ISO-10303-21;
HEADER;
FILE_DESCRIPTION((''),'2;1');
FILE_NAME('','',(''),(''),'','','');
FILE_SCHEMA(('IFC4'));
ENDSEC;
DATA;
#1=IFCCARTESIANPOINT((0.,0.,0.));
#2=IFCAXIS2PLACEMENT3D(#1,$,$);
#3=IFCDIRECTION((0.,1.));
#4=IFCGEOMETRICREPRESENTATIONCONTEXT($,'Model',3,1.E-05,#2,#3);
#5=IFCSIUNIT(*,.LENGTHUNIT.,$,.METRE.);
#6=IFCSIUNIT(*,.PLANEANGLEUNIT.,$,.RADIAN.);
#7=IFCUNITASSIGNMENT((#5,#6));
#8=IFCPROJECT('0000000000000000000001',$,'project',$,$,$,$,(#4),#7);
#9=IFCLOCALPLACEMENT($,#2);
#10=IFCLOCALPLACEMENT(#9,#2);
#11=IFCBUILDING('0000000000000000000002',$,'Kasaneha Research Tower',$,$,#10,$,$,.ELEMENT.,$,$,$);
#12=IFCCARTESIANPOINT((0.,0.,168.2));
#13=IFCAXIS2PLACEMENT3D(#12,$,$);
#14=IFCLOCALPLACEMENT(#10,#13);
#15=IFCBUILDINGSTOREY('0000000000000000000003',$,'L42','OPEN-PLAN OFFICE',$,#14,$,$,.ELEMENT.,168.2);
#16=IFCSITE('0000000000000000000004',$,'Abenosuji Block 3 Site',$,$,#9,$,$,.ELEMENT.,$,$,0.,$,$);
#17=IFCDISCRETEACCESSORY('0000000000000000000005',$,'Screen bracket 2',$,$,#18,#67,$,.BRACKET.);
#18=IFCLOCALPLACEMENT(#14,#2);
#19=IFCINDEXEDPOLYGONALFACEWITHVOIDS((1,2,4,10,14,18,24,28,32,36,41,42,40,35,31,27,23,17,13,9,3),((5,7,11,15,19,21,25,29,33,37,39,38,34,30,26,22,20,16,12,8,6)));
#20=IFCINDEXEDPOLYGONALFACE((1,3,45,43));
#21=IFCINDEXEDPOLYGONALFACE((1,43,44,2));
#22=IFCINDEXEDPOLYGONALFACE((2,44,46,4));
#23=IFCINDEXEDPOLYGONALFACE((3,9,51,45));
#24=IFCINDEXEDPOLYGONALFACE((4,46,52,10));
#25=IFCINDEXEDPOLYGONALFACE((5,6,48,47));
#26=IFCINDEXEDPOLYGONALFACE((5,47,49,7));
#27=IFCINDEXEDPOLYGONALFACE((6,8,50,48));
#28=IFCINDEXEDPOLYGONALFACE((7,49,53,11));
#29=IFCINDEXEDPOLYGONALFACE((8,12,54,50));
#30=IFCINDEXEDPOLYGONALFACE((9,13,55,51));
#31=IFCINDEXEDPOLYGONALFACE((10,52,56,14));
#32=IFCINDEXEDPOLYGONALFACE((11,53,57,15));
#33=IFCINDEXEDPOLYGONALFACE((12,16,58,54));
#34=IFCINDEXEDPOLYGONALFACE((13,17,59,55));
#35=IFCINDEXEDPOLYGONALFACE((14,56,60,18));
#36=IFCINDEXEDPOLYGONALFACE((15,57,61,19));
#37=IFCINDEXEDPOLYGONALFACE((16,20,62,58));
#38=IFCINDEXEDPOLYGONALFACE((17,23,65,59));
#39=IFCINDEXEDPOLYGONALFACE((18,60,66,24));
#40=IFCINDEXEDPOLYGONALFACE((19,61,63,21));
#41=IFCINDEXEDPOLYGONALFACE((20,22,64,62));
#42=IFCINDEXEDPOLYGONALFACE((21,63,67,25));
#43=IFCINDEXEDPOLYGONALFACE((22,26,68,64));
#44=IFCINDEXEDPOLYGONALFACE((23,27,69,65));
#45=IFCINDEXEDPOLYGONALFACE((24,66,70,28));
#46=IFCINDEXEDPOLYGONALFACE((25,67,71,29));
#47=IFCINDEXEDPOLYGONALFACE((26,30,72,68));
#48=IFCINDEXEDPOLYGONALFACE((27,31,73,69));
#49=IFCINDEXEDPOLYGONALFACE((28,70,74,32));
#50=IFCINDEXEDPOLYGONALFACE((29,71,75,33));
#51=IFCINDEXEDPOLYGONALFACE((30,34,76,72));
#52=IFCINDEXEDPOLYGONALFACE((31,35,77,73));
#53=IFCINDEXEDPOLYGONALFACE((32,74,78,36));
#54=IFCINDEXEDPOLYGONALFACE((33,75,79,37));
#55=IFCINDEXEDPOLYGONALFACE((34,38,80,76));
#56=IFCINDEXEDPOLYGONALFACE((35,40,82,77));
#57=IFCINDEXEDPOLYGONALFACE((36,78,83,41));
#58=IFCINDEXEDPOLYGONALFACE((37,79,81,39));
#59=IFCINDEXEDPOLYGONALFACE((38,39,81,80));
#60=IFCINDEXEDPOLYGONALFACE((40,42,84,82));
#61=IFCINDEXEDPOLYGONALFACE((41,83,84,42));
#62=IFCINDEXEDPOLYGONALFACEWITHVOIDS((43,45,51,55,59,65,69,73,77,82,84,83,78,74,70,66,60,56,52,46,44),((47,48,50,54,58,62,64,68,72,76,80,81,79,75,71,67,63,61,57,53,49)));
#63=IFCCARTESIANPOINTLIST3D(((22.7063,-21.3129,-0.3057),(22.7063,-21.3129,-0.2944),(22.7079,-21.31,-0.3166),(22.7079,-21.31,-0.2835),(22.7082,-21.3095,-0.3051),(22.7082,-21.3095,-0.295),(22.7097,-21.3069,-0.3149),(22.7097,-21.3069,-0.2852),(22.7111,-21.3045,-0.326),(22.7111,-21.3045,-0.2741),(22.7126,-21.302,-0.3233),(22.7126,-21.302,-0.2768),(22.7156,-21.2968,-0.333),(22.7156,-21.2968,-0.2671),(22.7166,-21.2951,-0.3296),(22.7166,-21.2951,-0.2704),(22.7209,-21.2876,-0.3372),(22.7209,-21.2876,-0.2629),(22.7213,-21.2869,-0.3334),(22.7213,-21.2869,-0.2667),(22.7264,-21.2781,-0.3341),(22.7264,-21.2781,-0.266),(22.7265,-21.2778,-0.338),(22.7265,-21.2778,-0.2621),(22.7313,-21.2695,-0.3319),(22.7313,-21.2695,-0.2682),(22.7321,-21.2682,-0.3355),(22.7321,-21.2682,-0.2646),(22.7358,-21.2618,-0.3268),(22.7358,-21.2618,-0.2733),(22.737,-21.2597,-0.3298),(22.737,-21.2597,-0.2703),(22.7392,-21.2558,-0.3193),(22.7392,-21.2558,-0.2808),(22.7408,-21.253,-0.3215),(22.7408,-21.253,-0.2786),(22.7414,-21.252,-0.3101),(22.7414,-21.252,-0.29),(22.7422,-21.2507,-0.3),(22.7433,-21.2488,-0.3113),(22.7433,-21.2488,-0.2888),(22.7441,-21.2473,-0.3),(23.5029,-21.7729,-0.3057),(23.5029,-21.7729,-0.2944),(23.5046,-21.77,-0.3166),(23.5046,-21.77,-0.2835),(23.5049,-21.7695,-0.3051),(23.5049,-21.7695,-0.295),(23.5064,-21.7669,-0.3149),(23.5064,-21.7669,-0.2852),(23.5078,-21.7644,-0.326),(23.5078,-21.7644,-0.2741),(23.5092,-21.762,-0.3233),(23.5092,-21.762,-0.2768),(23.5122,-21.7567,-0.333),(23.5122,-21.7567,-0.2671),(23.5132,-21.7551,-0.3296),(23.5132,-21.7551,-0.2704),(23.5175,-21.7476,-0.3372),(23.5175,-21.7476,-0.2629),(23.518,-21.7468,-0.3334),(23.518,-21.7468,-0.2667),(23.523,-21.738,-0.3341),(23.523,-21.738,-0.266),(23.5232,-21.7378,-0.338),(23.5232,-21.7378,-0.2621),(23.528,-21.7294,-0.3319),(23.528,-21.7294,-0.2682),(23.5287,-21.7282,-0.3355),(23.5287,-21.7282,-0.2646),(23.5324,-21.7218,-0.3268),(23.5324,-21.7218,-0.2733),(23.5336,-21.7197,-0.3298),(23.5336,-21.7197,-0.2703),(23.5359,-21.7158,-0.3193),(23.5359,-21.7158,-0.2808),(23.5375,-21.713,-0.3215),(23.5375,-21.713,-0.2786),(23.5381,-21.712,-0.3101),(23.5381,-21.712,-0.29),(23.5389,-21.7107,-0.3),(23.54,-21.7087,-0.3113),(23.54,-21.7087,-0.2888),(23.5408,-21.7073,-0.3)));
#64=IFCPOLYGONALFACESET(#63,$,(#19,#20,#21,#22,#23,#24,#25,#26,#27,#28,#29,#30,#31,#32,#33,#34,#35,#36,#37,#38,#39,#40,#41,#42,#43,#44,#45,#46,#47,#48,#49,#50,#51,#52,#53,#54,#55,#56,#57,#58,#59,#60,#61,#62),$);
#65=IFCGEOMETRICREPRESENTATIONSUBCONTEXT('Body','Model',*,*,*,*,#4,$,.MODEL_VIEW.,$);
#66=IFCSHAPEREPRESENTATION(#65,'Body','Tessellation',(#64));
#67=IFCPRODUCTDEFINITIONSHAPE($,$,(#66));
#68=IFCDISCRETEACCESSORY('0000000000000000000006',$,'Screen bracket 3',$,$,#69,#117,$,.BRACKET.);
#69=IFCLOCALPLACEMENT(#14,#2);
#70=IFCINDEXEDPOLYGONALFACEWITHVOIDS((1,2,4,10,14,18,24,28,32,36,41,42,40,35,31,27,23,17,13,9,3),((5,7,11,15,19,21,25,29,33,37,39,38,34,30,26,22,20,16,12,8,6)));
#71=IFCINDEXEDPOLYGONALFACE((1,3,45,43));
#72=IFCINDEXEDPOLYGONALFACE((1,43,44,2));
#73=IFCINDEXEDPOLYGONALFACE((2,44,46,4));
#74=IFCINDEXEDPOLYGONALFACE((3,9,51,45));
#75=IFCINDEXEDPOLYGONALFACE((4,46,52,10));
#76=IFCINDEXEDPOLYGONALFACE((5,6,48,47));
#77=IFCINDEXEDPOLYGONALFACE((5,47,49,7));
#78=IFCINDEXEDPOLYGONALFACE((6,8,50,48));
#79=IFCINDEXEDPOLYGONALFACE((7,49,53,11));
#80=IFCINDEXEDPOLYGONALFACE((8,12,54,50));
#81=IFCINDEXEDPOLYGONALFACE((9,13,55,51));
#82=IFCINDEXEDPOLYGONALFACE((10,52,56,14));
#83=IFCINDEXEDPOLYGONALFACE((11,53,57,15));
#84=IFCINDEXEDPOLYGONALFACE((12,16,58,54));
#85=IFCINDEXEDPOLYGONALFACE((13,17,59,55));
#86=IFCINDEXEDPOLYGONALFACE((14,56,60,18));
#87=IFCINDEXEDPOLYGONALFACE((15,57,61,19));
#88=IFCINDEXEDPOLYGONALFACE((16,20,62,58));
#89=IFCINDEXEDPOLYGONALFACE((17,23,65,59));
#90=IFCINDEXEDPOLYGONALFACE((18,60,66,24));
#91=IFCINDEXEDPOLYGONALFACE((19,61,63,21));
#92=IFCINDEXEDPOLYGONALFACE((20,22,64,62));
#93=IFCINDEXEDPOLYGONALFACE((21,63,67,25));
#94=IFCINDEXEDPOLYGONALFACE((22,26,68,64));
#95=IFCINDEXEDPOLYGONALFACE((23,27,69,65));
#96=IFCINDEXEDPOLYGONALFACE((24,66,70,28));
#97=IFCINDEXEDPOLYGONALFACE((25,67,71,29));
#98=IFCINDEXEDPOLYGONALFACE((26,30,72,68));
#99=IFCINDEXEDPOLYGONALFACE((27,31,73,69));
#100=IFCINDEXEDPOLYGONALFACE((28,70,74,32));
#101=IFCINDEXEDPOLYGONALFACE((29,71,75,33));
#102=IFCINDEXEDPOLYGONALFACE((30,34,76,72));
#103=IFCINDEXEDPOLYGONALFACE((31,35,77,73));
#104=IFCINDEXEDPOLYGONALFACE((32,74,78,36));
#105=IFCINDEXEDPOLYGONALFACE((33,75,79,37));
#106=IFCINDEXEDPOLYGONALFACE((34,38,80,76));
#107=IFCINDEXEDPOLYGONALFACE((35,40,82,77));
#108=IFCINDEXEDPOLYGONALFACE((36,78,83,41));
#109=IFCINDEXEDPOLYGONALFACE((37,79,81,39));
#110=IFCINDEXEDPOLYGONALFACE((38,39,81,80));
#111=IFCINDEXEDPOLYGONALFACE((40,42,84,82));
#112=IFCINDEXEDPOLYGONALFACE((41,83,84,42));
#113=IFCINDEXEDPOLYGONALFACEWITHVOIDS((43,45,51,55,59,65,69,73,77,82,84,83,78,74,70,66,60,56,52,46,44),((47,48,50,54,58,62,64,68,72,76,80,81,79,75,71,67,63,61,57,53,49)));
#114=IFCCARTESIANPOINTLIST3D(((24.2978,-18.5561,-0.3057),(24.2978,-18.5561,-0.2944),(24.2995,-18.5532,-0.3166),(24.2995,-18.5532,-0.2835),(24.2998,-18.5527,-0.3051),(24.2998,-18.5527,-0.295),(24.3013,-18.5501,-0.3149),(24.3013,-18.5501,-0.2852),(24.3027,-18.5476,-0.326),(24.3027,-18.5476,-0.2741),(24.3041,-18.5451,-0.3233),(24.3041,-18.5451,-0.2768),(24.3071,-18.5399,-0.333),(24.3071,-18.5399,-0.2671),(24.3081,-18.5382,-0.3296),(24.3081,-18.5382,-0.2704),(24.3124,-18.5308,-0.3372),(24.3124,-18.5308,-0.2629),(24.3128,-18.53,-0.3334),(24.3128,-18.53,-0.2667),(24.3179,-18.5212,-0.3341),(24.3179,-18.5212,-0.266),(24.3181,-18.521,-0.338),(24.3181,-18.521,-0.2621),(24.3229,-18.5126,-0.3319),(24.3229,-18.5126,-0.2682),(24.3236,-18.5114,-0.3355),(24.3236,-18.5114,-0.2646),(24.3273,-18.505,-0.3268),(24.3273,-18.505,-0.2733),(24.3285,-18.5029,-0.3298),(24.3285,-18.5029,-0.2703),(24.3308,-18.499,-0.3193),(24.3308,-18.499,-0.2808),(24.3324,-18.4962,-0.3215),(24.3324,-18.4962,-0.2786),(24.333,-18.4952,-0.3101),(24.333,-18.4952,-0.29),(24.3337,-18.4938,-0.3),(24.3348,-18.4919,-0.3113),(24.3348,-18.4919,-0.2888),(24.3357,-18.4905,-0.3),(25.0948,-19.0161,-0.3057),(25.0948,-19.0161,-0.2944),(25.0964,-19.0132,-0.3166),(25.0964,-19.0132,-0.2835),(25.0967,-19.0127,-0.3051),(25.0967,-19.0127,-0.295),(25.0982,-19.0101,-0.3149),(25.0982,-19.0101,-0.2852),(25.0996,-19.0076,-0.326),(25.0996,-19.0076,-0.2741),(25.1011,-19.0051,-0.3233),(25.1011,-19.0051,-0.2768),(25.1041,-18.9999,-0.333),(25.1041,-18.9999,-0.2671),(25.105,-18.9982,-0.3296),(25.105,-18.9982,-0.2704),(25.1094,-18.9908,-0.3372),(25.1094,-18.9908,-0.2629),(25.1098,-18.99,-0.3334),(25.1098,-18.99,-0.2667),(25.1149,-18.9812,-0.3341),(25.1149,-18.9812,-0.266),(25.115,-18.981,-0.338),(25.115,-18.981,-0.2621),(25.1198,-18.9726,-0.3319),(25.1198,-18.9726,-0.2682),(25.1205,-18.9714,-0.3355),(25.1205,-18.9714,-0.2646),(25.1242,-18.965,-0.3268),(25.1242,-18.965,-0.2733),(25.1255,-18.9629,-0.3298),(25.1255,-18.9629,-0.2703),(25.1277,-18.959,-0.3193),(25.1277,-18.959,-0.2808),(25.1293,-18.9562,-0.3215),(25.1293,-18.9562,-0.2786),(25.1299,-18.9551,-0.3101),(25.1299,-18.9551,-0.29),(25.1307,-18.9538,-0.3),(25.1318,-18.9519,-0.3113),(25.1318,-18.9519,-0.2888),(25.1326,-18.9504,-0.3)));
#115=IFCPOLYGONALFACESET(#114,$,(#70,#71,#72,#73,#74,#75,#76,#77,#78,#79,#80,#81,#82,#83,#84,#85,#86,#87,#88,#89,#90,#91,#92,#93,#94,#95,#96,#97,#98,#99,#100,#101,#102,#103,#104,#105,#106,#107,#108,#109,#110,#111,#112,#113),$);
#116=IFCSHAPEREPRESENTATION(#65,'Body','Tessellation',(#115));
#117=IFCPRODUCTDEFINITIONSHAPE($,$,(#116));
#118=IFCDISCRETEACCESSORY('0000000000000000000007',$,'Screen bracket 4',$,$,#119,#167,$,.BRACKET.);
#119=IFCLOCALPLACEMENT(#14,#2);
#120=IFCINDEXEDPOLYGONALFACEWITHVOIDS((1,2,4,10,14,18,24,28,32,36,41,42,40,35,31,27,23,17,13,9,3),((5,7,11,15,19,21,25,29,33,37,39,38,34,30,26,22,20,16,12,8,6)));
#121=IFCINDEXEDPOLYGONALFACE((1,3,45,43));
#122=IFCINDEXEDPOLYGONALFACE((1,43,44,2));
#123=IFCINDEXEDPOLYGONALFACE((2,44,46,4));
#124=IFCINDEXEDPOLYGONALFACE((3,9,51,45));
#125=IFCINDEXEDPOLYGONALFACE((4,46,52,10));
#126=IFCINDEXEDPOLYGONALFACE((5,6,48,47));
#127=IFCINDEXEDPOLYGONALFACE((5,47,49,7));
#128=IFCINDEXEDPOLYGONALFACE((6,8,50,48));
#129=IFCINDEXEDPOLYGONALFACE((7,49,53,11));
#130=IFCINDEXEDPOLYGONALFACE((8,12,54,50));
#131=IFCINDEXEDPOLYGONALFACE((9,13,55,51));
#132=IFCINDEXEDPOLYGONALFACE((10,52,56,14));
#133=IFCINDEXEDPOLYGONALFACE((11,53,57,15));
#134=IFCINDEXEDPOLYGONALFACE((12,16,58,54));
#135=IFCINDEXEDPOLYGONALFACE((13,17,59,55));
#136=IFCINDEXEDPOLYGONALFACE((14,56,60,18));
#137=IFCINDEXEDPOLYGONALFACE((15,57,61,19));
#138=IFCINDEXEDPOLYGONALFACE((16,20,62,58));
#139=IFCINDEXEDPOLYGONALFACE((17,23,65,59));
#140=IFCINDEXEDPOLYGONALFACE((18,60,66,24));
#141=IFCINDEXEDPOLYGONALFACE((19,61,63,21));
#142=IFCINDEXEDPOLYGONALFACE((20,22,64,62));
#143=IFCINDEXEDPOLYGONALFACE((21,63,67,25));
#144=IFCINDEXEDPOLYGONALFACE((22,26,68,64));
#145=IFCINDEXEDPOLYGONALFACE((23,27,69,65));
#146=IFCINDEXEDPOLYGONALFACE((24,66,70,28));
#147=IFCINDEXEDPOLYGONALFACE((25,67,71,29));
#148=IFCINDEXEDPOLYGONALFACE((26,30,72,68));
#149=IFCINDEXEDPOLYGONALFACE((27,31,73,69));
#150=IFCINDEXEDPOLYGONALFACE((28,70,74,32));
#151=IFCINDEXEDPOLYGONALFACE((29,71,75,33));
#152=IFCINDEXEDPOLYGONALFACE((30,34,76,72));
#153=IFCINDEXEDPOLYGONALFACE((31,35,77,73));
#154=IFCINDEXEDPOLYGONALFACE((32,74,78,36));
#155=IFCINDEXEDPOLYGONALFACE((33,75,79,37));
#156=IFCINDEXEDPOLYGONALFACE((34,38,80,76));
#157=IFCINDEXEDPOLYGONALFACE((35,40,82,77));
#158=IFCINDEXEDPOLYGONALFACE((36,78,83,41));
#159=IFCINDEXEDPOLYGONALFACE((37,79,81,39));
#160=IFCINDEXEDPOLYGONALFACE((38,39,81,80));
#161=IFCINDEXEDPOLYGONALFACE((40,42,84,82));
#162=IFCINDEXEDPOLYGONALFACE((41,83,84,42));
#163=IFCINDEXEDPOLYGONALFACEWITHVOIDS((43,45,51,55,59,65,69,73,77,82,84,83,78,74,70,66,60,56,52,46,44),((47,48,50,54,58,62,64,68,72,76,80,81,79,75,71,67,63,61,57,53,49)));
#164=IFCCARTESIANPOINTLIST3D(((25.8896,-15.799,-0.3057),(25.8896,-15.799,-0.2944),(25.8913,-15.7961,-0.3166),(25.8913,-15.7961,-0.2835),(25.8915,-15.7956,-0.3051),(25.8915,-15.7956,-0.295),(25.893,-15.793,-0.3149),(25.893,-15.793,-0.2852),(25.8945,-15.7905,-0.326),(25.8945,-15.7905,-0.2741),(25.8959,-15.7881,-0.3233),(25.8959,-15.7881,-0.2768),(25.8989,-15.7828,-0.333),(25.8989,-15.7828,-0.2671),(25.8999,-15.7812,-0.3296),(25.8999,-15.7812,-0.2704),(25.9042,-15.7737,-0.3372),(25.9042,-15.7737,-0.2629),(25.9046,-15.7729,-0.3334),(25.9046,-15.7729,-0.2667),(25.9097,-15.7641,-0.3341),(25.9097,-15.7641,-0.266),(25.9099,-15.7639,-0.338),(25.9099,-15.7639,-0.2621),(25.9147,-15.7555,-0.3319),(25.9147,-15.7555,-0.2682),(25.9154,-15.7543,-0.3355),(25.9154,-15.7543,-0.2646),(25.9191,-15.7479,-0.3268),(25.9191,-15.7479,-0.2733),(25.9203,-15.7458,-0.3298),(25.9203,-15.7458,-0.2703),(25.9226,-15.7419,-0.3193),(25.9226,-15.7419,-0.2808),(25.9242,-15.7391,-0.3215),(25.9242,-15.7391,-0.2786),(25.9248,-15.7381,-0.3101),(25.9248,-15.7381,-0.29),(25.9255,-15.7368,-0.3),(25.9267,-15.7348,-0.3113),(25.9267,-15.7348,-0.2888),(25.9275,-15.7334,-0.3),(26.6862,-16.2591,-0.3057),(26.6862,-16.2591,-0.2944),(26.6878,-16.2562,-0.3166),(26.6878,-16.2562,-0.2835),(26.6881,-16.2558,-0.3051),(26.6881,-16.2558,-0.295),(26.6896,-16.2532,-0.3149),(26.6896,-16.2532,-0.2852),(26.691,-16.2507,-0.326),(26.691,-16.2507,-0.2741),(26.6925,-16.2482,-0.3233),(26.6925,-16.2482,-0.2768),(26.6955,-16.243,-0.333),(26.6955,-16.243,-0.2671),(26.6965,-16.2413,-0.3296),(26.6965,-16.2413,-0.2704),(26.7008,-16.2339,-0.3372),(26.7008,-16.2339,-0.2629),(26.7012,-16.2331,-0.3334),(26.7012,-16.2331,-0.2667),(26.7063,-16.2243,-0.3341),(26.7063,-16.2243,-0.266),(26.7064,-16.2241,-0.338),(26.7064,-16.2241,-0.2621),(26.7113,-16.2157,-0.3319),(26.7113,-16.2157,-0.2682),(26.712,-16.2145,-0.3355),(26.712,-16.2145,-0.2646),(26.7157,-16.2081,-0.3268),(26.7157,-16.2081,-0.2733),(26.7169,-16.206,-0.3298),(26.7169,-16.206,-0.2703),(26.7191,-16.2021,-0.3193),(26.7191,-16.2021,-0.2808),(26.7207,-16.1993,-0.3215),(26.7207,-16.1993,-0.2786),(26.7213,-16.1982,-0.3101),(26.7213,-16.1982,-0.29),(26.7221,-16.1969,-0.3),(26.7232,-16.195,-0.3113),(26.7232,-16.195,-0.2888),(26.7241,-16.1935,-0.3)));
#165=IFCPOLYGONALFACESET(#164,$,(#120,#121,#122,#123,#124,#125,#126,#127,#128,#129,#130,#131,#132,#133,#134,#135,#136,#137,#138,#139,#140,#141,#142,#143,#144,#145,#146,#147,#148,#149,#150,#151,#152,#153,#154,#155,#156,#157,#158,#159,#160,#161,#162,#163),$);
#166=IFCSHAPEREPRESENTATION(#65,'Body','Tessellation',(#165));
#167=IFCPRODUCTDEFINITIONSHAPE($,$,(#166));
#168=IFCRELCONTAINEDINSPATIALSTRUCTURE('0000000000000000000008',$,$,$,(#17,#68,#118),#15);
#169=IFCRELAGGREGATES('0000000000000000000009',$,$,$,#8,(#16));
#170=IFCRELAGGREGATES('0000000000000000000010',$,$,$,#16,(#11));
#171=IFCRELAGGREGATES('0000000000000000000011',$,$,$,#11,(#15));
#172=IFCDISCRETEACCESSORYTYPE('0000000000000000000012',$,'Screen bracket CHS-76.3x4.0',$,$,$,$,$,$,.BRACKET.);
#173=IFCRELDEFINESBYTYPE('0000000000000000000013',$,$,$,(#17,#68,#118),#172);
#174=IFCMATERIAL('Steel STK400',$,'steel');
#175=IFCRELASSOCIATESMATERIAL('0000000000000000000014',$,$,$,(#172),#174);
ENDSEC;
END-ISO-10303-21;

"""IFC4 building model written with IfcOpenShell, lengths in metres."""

from ifc_helpers import new_model, si_unit, direction, frame, origin, origin_2d, place, context, subcontext, project, spatial, hollow_circle, extrude, material, material_profile, profile_set, type_object, element, save


model = new_model("IFC4")

# Units and contexts
model_context = context("Model", 3, precision=1e-05, world=origin(), true_north=direction((0.0, 1.0)))
body_context = subcontext(model_context, "Body", "Model", "MODEL_VIEW")
ifc_project = project(units=[si_unit("LENGTHUNIT", "METRE"), si_unit("PLANEANGLEUNIT", "RADIAN")], contexts=[model_context])

# Site, building, storey
site_placement = place(None, origin())
site = spatial("IfcSite", under=ifc_project, at=site_placement, Name="Abenosuji Block 3 Site", CompositionType="ELEMENT", RefElevation=0.0)
building_placement = place(site_placement, origin())
building = spatial("IfcBuilding", under=site, at=building_placement, Name="Kasaneha Research Tower", CompositionType="ELEMENT")
storey_placement = place(building_placement, frame((0.0, 0.0, 168.2)))
storey = spatial("IfcBuildingStorey", under=building, at=storey_placement, Name="L42", Description="OPEN-PLAN OFFICE", CompositionType="ELEMENT", Elevation=168.2)

# Discrete accessories
ifc_material_1 = material(Name="Steel STK400", Category="steel")
ifc_material_profile_1 = material_profile(ifc_material_1, hollow_circle(Radius=0.0381, WallThickness=0.0039, at=origin_2d()), Name="CHS-76.3x4.0")
ifc_profile_set_1 = profile_set([ifc_material_profile_1], Name="Steel STK400")
discrete_accessory_type = type_object("IfcDiscreteAccessoryType", Name="Screen bracket CHS-76.3x4.0", PredefinedType="BRACKET", material=ifc_profile_set_1)
discrete_accessory_1_placement = place(storey_placement, frame((22.7251, -21.2803, -0.3), z_axis=(0.866013, -0.500021, 0.0), x_axis=(0.500021, 0.866013, 0.0)))
element("IfcDiscreteAccessory", 1, at=discrete_accessory_1_placement, inside=storey, type_object=discrete_accessory_type, Name="Screen bracket 2", PredefinedType="BRACKET", context=body_context, shape_type="SweptSolid", body=[
    extrude(hollow_circle(Radius=0.0381, WallThickness=0.0039, at=origin_2d()), origin(), (0.0, 0.0, 1.0), 0.9199),
])
discrete_accessory_2_placement = place(storey_placement, frame((24.3167, -18.5234, -0.3), z_axis=(0.86608, -0.499906, 0.0), x_axis=(0.499906, 0.86608, 0.0)))
element("IfcDiscreteAccessory", 2, at=discrete_accessory_2_placement, inside=storey, type_object=discrete_accessory_type, Name="Screen bracket 3", PredefinedType="BRACKET", context=body_context, shape_type="SweptSolid", body=[
    extrude(hollow_circle(Radius=0.0381, WallThickness=0.0039, at=origin_2d()), origin(), (0.0, 0.0, 1.0), 0.9202),
])
for number, where, z_axis, x_axis, name in (
    (3, (25.9084, -15.7664, -0.3), (0.865898, -0.50022, 0.0), (0.50022, 0.865898, 0.0), "Screen bracket 4"),
):
    element("IfcDiscreteAccessory", number, at=place(storey_placement, frame(where, z_axis=z_axis, x_axis=x_axis)), inside=storey, type_object=discrete_accessory_type, Name=name, PredefinedType="BRACKET", context=body_context, shape_type="SweptSolid", body=[
        extrude(hollow_circle(Radius=0.0381, WallThickness=0.0039, at=origin_2d()), origin(), (0.0, 0.0, 1.0), 0.9199),
    ])

save(model, "model.ifc")
